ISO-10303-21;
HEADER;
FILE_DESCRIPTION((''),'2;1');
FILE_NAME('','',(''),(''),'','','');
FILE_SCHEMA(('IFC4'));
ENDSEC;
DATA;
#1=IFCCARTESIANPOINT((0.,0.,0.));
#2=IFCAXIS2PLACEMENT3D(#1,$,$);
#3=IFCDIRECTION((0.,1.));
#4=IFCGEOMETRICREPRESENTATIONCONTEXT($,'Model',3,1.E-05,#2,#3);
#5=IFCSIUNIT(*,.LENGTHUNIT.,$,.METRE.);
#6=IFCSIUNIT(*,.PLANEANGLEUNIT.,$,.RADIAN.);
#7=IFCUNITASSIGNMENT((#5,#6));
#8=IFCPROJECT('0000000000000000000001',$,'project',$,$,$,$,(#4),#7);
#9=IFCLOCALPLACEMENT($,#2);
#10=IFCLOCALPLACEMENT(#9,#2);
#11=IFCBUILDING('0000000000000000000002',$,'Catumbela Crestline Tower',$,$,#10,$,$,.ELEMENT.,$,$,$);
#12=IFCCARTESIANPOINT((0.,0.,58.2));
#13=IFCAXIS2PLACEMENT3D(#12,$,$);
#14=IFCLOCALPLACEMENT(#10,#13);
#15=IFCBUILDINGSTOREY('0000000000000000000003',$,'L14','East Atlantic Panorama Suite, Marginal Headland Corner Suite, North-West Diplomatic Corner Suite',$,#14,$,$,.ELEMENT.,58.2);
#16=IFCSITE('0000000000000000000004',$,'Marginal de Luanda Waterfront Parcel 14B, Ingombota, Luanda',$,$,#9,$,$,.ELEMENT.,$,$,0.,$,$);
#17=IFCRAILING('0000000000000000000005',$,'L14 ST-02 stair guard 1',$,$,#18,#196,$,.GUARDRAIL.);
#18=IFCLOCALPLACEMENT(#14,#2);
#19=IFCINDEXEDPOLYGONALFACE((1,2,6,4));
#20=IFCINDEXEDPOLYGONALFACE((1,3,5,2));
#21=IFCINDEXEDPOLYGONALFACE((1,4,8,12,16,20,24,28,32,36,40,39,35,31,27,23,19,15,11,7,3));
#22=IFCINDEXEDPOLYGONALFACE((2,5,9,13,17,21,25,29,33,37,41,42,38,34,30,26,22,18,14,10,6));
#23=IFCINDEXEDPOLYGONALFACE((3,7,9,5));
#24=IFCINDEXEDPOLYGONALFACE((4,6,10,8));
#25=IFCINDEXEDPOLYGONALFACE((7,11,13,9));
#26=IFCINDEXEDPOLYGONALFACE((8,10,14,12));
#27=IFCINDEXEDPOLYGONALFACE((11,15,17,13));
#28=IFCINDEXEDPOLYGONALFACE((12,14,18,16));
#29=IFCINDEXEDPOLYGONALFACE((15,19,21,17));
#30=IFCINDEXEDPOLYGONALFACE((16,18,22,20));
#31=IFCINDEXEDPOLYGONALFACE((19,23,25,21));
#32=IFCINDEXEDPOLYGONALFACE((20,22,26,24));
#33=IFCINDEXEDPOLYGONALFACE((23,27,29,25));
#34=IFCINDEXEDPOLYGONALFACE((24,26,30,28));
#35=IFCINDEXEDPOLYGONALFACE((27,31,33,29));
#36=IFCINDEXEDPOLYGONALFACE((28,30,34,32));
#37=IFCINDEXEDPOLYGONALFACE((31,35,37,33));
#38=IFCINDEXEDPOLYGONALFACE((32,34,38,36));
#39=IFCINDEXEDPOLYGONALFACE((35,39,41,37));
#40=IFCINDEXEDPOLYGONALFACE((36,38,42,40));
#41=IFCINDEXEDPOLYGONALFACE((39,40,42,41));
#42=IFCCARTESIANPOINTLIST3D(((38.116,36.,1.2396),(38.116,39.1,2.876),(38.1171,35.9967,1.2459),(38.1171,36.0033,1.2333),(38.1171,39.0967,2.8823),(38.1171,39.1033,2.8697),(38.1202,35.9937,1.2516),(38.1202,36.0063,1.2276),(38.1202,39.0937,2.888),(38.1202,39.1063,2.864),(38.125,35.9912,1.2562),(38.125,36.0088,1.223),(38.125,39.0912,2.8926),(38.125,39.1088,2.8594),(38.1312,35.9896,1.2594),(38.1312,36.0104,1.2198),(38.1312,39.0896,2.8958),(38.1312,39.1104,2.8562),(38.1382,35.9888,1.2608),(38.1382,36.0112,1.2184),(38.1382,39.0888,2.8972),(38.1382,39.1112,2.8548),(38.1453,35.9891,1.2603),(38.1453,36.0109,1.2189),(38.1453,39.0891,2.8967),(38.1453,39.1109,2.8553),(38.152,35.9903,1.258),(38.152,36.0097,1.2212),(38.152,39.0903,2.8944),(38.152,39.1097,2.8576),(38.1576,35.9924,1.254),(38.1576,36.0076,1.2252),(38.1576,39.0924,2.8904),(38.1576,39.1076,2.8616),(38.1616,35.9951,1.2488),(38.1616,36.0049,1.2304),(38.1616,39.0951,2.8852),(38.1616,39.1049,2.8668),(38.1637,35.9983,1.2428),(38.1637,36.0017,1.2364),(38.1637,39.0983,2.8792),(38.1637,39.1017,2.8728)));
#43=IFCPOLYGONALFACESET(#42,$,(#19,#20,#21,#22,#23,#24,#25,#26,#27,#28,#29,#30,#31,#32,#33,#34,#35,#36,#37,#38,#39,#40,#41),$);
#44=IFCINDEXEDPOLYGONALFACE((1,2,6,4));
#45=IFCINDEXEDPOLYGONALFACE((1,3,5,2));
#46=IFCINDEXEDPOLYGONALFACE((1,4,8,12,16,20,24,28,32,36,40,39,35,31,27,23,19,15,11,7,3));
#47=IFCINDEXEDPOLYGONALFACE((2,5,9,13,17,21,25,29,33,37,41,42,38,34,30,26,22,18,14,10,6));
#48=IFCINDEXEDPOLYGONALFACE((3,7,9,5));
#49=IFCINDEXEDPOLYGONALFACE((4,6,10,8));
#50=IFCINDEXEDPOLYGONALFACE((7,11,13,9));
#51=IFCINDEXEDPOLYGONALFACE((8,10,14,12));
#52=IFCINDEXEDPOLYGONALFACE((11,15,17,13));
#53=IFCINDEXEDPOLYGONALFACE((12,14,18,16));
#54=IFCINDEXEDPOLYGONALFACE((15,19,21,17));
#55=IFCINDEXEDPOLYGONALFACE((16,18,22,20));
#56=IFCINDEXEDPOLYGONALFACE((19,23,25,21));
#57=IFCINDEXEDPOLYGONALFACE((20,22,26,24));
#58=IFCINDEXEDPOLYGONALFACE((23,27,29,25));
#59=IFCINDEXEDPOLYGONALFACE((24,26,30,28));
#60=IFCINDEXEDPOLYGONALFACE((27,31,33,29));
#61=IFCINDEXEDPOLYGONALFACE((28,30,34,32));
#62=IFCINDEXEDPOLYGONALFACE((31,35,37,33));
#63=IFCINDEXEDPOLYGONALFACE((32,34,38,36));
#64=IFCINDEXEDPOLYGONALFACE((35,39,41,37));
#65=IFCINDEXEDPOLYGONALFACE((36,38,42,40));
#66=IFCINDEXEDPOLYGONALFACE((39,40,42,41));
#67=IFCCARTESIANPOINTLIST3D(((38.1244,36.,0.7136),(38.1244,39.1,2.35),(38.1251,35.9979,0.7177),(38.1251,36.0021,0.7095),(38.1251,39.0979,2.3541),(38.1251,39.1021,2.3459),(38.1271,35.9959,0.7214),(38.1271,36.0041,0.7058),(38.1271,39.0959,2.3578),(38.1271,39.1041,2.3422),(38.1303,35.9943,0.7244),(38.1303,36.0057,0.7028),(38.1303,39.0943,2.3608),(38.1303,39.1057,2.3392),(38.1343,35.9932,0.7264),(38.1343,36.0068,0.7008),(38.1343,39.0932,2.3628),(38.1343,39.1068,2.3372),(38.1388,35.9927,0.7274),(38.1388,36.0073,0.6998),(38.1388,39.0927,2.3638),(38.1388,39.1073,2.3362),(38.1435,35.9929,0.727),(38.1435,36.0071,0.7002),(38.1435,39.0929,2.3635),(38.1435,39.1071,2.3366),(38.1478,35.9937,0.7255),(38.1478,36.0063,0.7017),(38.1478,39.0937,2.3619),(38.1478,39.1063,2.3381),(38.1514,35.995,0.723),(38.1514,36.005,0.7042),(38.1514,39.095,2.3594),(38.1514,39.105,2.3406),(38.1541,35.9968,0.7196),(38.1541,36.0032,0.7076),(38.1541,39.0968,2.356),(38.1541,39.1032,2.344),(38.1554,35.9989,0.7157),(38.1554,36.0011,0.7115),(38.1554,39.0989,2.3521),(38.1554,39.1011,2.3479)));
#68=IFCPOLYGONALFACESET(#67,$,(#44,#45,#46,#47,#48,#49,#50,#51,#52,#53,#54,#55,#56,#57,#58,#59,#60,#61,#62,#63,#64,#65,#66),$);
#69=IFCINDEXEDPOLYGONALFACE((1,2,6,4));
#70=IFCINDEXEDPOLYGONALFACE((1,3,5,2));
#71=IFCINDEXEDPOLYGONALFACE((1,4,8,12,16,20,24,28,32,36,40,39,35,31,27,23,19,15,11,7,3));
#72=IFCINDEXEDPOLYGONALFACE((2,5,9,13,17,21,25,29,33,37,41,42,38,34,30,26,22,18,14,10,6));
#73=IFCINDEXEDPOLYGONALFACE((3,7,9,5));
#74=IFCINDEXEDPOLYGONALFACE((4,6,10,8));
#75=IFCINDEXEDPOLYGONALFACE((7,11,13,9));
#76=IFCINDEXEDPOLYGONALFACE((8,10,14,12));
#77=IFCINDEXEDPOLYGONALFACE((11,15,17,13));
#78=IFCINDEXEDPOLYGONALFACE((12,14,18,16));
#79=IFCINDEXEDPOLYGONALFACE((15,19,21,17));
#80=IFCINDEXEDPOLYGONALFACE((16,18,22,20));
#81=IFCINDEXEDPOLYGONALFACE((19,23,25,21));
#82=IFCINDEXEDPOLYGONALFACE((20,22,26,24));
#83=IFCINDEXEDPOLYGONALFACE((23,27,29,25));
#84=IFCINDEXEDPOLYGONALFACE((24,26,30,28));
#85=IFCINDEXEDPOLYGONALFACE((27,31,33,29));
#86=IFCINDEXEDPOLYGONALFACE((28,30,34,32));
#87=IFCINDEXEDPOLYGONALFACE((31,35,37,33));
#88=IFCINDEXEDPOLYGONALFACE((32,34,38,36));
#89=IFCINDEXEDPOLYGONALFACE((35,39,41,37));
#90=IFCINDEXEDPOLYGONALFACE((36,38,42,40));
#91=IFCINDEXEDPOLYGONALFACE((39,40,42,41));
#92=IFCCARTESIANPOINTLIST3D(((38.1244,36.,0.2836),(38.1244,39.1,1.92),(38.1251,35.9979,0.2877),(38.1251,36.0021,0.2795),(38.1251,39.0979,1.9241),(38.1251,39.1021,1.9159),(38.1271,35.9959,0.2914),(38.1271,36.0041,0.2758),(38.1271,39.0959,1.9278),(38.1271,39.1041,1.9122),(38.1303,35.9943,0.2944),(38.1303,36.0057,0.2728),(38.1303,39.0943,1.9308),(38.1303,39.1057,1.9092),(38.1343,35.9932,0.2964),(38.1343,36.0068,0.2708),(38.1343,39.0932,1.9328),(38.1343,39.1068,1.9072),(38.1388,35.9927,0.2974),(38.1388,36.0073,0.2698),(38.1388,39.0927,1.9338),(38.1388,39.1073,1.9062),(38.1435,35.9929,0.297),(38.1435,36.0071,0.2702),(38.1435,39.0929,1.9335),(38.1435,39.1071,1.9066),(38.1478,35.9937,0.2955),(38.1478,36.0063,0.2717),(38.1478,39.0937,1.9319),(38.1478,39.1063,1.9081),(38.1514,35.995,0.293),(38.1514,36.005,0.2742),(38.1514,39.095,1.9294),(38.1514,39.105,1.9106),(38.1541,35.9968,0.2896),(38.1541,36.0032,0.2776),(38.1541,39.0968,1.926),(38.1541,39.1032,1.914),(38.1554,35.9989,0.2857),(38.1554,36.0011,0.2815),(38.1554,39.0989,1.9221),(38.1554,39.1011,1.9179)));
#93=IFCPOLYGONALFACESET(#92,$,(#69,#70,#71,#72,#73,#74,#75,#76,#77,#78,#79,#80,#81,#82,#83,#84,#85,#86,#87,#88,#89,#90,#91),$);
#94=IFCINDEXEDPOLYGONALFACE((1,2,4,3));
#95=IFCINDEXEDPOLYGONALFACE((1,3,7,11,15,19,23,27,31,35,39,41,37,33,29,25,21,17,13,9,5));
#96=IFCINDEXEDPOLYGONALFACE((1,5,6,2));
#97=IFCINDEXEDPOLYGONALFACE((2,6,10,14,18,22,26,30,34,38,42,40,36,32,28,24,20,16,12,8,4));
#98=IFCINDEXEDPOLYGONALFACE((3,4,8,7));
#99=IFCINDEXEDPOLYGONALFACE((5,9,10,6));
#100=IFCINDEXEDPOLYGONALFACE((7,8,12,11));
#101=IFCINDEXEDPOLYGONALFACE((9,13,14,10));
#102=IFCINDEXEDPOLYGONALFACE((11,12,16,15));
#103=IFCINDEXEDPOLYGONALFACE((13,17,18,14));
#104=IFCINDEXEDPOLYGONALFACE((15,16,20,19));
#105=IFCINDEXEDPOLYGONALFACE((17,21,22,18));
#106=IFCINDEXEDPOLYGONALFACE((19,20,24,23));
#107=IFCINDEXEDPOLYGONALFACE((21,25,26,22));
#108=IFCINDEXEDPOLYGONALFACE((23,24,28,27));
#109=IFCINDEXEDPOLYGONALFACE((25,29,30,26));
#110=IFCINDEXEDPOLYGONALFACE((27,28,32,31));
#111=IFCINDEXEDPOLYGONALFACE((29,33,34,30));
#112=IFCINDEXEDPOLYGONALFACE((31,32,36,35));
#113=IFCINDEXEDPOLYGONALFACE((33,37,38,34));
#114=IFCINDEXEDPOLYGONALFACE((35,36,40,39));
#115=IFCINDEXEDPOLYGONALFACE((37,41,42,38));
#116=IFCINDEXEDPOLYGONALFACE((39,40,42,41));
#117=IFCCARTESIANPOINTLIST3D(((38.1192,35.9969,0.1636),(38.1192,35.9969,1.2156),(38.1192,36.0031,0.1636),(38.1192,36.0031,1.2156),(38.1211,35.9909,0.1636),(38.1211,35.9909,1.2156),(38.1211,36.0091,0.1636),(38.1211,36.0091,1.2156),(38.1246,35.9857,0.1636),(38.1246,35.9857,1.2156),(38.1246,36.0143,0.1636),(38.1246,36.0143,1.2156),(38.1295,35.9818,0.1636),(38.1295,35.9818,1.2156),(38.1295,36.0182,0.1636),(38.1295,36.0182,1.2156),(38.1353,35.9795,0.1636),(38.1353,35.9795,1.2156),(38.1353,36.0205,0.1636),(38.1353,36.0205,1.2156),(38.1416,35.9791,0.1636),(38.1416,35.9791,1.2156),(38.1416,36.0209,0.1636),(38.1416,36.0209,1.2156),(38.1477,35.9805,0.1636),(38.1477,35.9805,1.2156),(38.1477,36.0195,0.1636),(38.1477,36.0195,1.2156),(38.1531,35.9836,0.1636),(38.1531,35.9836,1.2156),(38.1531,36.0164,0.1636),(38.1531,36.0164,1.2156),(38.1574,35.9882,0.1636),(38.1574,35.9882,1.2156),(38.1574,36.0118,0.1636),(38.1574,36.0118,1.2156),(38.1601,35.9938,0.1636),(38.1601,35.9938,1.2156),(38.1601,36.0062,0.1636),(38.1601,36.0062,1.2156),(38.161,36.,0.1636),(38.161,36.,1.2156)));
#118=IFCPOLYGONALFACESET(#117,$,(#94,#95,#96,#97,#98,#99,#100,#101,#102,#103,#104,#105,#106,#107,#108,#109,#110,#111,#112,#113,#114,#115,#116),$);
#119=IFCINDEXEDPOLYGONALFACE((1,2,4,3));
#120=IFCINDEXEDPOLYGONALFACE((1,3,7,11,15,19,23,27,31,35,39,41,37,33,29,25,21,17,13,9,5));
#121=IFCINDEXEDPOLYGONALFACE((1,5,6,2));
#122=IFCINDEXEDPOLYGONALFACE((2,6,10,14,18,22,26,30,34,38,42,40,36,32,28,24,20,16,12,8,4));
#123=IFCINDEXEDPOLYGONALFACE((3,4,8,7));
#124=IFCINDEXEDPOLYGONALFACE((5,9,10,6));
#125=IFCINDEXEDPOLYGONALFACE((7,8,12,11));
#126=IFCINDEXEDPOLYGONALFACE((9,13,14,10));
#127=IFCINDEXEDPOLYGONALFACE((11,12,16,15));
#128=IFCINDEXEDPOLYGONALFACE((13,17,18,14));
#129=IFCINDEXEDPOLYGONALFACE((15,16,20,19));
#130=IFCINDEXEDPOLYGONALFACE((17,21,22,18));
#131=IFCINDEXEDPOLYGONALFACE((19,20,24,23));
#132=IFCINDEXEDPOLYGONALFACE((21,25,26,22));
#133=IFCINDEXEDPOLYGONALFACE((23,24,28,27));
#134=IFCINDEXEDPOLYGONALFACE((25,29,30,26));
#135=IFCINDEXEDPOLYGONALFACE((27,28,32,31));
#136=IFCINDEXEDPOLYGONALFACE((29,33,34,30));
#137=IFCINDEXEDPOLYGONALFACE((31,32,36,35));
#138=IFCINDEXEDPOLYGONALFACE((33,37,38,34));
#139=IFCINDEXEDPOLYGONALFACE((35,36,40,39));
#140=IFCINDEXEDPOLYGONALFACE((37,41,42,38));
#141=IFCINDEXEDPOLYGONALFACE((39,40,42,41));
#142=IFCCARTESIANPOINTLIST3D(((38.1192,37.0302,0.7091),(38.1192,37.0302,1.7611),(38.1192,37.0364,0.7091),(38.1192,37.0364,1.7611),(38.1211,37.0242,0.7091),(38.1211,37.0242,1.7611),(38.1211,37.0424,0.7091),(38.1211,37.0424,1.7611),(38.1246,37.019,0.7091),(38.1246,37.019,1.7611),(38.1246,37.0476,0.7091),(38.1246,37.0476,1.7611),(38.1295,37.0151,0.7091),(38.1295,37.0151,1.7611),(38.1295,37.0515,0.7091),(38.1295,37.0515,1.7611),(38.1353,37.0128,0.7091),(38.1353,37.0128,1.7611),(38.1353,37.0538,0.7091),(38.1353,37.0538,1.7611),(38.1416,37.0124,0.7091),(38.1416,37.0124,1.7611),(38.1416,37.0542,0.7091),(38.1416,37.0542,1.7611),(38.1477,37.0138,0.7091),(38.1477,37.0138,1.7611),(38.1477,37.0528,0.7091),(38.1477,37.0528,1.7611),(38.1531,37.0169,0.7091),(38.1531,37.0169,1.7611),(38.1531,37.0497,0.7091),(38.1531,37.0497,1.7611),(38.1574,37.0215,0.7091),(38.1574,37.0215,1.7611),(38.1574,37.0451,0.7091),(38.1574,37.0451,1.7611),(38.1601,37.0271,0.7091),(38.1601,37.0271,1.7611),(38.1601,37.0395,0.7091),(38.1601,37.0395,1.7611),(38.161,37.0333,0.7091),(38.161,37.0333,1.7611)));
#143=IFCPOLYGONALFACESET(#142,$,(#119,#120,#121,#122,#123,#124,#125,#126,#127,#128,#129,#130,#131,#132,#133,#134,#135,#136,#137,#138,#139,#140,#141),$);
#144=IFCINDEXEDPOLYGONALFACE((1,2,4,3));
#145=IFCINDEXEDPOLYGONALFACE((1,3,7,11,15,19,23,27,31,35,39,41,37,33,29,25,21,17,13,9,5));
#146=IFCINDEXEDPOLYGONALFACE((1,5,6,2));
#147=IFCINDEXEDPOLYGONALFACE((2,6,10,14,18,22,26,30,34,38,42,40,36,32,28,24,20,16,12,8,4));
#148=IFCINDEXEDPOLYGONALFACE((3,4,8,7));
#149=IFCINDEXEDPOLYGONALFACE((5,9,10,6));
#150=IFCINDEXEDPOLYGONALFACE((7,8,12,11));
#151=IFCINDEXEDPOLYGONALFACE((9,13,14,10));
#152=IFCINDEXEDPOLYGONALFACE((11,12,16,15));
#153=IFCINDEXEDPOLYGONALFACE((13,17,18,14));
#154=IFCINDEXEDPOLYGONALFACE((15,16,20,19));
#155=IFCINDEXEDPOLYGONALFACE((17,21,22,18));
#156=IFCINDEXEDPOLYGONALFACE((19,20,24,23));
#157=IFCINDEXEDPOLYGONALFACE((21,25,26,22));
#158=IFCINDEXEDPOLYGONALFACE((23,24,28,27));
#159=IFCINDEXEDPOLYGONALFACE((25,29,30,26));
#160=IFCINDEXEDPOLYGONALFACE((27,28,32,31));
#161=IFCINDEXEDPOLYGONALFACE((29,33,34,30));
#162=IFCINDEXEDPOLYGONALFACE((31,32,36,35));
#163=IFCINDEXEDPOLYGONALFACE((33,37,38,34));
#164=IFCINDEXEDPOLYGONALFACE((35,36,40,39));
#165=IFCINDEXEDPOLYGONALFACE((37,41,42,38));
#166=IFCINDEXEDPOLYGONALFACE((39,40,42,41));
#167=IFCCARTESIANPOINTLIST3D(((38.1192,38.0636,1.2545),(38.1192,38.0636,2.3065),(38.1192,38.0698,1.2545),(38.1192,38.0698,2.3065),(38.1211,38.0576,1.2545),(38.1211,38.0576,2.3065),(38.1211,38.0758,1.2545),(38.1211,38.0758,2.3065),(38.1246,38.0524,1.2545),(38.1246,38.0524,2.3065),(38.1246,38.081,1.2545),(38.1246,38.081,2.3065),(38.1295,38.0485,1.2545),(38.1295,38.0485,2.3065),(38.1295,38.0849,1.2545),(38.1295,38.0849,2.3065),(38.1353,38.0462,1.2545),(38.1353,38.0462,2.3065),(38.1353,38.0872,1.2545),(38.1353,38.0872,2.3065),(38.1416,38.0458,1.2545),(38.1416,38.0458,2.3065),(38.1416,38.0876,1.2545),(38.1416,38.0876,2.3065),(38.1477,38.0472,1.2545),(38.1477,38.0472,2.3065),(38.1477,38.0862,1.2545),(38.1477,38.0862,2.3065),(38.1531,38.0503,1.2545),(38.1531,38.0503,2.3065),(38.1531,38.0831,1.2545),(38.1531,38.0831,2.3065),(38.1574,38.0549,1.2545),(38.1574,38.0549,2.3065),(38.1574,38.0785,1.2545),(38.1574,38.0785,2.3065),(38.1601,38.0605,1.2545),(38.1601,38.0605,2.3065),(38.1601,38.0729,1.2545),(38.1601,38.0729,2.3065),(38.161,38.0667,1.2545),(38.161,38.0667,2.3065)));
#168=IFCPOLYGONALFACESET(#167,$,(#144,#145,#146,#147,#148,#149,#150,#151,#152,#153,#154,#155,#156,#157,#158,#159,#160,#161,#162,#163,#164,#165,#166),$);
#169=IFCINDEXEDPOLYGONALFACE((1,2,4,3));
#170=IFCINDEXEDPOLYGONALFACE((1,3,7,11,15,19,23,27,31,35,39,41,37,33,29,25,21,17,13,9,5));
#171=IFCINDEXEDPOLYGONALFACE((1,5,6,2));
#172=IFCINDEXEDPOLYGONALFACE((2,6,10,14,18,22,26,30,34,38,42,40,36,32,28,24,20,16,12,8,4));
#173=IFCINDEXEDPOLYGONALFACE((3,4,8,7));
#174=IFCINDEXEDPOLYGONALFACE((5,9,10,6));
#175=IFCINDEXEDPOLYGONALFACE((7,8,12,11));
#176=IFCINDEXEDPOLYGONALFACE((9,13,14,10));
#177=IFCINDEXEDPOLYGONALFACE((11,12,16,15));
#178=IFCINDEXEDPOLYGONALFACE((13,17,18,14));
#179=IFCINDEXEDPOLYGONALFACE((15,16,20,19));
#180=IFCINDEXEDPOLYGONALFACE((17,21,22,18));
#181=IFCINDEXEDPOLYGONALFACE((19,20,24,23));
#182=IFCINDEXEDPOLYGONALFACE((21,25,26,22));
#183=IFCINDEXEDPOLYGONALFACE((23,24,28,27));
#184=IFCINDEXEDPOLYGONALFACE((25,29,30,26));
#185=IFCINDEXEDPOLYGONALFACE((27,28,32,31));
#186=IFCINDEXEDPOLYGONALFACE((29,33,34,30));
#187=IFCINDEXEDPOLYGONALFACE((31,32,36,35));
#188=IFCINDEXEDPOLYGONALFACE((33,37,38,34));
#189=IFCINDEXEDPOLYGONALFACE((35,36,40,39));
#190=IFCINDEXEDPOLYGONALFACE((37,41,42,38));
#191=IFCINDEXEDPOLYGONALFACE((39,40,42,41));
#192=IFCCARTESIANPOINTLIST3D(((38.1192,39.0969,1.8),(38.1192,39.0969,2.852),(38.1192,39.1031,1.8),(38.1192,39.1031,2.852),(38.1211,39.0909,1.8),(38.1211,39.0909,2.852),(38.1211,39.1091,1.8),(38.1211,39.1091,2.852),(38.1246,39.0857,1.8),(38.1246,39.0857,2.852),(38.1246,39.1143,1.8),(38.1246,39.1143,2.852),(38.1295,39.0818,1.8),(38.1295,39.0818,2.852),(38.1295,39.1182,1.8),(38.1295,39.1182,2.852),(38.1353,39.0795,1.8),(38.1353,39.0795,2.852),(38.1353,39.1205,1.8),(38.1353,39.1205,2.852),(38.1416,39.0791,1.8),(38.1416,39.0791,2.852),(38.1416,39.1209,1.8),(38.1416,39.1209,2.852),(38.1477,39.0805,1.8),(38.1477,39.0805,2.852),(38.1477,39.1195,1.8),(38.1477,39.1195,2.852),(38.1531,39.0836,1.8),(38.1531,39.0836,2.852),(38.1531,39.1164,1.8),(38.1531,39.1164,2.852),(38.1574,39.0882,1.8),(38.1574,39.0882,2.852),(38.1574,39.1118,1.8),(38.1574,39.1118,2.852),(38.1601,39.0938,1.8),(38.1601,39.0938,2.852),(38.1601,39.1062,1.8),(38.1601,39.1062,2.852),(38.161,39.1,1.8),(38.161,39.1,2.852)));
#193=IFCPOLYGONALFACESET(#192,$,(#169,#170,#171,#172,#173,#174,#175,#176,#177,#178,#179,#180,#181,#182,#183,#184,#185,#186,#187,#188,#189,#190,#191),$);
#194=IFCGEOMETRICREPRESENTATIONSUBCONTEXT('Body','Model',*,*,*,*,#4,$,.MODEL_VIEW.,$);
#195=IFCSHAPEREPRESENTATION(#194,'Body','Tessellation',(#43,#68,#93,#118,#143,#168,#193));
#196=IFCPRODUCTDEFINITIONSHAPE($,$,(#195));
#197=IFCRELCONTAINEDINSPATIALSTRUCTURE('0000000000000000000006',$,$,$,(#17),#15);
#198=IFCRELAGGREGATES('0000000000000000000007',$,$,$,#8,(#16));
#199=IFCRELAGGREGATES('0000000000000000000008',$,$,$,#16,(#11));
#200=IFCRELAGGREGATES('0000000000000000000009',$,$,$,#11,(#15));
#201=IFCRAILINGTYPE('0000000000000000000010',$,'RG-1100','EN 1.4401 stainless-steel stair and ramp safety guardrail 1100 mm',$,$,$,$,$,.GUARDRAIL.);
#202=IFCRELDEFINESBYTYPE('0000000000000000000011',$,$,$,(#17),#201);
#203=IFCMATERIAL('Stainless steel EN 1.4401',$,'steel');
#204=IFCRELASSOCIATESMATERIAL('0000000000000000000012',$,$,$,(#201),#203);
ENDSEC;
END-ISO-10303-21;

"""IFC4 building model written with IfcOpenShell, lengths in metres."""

from ifc_helpers import new_model, si_unit, direction, frame, origin, origin_2d, place, context, subcontext, project, spatial, circle, extrude, material, type_object, element, save


model = new_model("IFC4")

# Units and contexts
model_context = context("Model", 3, precision=1e-05, world=origin(), true_north=direction((0.0, 1.0)))
body_context = subcontext(model_context, "Body", "Model", "MODEL_VIEW")
ifc_project = project(units=[si_unit("LENGTHUNIT", "METRE"), si_unit("PLANEANGLEUNIT", "RADIAN")], contexts=[model_context])

# Site, building, storey
site_placement = place(None, origin())
site = spatial("IfcSite", under=ifc_project, at=site_placement, Name="Marginal de Luanda Waterfront Parcel 14B, Ingombota, Luanda", CompositionType="ELEMENT", RefElevation=0.0)
building_placement = place(site_placement, origin())
building = spatial("IfcBuilding", under=site, at=building_placement, Name="Catumbela Crestline Tower", CompositionType="ELEMENT")
storey_placement = place(building_placement, frame((0.0, 0.0, 58.2)))
storey = spatial("IfcBuildingStorey", under=building, at=storey_placement, Name="L14", Description="East Atlantic Panorama Suite, Marginal Headland Corner Suite, North-West Diplomatic Corner Suite", CompositionType="ELEMENT", Elevation=58.2)

# Shared definitions
ifc_material_1 = material(Name="Stainless steel EN 1.4401", Category="steel")

# Railing
railing_type_1 = type_object("IfcRailingType", Name="RG-1100", Description="EN 1.4401 stainless-steel stair and ramp safety guardrail 1100 mm", PredefinedType="GUARDRAIL", material=ifc_material_1)
railing_1_placement = place(storey_placement, frame((38.14, 36.0, 0.1636)))
element("IfcRailing", 1, at=railing_1_placement, inside=storey, type_object=railing_type_1, Name="L14 ST-02 stair guard 1", PredefinedType="GUARDRAIL", context=body_context, shape_type="SweptSolid", body=[
    extrude(circle(Radius=0.024, at=origin_2d()), frame((0.0, 0.0, 1.076), z_axis=(0.0, 0.884351, 0.466823), x_axis=(-1.0, 0.0, 0.0)), (0.0, 0.0, 1.0), 3.5054),
    extrude(circle(Radius=0.0156, at=origin_2d()), frame((0.0, 0.0, 0.55), z_axis=(0.0, 0.884351, 0.466823), x_axis=(-1.0, 0.0, 0.0)), (0.0, 0.0, 1.0), 3.5054),
    extrude(circle(Radius=0.0156, at=origin_2d()), frame((0.0, 0.0, 0.12), z_axis=(0.0, 0.884351, 0.466823), x_axis=(-1.0, 0.0, 0.0)), (0.0, 0.0, 1.0), 3.5054),
    extrude(circle(Radius=0.021, at=origin_2d()), origin(), (0.0, 0.0, 1.0), 1.052),
    extrude(circle(Radius=0.021, at=origin_2d()), frame((0.0, 1.0333, 0.5455)), (0.0, 0.0, 1.0), 1.052),
    extrude(circle(Radius=0.021, at=origin_2d()), frame((0.0, 2.0667, 1.0909)), (0.0, 0.0, 1.0), 1.052),
    extrude(circle(Radius=0.021, at=origin_2d()), frame((0.0, 3.1, 1.6364)), (0.0, 0.0, 1.0), 1.052),
])

save(model, "model.ifc")
